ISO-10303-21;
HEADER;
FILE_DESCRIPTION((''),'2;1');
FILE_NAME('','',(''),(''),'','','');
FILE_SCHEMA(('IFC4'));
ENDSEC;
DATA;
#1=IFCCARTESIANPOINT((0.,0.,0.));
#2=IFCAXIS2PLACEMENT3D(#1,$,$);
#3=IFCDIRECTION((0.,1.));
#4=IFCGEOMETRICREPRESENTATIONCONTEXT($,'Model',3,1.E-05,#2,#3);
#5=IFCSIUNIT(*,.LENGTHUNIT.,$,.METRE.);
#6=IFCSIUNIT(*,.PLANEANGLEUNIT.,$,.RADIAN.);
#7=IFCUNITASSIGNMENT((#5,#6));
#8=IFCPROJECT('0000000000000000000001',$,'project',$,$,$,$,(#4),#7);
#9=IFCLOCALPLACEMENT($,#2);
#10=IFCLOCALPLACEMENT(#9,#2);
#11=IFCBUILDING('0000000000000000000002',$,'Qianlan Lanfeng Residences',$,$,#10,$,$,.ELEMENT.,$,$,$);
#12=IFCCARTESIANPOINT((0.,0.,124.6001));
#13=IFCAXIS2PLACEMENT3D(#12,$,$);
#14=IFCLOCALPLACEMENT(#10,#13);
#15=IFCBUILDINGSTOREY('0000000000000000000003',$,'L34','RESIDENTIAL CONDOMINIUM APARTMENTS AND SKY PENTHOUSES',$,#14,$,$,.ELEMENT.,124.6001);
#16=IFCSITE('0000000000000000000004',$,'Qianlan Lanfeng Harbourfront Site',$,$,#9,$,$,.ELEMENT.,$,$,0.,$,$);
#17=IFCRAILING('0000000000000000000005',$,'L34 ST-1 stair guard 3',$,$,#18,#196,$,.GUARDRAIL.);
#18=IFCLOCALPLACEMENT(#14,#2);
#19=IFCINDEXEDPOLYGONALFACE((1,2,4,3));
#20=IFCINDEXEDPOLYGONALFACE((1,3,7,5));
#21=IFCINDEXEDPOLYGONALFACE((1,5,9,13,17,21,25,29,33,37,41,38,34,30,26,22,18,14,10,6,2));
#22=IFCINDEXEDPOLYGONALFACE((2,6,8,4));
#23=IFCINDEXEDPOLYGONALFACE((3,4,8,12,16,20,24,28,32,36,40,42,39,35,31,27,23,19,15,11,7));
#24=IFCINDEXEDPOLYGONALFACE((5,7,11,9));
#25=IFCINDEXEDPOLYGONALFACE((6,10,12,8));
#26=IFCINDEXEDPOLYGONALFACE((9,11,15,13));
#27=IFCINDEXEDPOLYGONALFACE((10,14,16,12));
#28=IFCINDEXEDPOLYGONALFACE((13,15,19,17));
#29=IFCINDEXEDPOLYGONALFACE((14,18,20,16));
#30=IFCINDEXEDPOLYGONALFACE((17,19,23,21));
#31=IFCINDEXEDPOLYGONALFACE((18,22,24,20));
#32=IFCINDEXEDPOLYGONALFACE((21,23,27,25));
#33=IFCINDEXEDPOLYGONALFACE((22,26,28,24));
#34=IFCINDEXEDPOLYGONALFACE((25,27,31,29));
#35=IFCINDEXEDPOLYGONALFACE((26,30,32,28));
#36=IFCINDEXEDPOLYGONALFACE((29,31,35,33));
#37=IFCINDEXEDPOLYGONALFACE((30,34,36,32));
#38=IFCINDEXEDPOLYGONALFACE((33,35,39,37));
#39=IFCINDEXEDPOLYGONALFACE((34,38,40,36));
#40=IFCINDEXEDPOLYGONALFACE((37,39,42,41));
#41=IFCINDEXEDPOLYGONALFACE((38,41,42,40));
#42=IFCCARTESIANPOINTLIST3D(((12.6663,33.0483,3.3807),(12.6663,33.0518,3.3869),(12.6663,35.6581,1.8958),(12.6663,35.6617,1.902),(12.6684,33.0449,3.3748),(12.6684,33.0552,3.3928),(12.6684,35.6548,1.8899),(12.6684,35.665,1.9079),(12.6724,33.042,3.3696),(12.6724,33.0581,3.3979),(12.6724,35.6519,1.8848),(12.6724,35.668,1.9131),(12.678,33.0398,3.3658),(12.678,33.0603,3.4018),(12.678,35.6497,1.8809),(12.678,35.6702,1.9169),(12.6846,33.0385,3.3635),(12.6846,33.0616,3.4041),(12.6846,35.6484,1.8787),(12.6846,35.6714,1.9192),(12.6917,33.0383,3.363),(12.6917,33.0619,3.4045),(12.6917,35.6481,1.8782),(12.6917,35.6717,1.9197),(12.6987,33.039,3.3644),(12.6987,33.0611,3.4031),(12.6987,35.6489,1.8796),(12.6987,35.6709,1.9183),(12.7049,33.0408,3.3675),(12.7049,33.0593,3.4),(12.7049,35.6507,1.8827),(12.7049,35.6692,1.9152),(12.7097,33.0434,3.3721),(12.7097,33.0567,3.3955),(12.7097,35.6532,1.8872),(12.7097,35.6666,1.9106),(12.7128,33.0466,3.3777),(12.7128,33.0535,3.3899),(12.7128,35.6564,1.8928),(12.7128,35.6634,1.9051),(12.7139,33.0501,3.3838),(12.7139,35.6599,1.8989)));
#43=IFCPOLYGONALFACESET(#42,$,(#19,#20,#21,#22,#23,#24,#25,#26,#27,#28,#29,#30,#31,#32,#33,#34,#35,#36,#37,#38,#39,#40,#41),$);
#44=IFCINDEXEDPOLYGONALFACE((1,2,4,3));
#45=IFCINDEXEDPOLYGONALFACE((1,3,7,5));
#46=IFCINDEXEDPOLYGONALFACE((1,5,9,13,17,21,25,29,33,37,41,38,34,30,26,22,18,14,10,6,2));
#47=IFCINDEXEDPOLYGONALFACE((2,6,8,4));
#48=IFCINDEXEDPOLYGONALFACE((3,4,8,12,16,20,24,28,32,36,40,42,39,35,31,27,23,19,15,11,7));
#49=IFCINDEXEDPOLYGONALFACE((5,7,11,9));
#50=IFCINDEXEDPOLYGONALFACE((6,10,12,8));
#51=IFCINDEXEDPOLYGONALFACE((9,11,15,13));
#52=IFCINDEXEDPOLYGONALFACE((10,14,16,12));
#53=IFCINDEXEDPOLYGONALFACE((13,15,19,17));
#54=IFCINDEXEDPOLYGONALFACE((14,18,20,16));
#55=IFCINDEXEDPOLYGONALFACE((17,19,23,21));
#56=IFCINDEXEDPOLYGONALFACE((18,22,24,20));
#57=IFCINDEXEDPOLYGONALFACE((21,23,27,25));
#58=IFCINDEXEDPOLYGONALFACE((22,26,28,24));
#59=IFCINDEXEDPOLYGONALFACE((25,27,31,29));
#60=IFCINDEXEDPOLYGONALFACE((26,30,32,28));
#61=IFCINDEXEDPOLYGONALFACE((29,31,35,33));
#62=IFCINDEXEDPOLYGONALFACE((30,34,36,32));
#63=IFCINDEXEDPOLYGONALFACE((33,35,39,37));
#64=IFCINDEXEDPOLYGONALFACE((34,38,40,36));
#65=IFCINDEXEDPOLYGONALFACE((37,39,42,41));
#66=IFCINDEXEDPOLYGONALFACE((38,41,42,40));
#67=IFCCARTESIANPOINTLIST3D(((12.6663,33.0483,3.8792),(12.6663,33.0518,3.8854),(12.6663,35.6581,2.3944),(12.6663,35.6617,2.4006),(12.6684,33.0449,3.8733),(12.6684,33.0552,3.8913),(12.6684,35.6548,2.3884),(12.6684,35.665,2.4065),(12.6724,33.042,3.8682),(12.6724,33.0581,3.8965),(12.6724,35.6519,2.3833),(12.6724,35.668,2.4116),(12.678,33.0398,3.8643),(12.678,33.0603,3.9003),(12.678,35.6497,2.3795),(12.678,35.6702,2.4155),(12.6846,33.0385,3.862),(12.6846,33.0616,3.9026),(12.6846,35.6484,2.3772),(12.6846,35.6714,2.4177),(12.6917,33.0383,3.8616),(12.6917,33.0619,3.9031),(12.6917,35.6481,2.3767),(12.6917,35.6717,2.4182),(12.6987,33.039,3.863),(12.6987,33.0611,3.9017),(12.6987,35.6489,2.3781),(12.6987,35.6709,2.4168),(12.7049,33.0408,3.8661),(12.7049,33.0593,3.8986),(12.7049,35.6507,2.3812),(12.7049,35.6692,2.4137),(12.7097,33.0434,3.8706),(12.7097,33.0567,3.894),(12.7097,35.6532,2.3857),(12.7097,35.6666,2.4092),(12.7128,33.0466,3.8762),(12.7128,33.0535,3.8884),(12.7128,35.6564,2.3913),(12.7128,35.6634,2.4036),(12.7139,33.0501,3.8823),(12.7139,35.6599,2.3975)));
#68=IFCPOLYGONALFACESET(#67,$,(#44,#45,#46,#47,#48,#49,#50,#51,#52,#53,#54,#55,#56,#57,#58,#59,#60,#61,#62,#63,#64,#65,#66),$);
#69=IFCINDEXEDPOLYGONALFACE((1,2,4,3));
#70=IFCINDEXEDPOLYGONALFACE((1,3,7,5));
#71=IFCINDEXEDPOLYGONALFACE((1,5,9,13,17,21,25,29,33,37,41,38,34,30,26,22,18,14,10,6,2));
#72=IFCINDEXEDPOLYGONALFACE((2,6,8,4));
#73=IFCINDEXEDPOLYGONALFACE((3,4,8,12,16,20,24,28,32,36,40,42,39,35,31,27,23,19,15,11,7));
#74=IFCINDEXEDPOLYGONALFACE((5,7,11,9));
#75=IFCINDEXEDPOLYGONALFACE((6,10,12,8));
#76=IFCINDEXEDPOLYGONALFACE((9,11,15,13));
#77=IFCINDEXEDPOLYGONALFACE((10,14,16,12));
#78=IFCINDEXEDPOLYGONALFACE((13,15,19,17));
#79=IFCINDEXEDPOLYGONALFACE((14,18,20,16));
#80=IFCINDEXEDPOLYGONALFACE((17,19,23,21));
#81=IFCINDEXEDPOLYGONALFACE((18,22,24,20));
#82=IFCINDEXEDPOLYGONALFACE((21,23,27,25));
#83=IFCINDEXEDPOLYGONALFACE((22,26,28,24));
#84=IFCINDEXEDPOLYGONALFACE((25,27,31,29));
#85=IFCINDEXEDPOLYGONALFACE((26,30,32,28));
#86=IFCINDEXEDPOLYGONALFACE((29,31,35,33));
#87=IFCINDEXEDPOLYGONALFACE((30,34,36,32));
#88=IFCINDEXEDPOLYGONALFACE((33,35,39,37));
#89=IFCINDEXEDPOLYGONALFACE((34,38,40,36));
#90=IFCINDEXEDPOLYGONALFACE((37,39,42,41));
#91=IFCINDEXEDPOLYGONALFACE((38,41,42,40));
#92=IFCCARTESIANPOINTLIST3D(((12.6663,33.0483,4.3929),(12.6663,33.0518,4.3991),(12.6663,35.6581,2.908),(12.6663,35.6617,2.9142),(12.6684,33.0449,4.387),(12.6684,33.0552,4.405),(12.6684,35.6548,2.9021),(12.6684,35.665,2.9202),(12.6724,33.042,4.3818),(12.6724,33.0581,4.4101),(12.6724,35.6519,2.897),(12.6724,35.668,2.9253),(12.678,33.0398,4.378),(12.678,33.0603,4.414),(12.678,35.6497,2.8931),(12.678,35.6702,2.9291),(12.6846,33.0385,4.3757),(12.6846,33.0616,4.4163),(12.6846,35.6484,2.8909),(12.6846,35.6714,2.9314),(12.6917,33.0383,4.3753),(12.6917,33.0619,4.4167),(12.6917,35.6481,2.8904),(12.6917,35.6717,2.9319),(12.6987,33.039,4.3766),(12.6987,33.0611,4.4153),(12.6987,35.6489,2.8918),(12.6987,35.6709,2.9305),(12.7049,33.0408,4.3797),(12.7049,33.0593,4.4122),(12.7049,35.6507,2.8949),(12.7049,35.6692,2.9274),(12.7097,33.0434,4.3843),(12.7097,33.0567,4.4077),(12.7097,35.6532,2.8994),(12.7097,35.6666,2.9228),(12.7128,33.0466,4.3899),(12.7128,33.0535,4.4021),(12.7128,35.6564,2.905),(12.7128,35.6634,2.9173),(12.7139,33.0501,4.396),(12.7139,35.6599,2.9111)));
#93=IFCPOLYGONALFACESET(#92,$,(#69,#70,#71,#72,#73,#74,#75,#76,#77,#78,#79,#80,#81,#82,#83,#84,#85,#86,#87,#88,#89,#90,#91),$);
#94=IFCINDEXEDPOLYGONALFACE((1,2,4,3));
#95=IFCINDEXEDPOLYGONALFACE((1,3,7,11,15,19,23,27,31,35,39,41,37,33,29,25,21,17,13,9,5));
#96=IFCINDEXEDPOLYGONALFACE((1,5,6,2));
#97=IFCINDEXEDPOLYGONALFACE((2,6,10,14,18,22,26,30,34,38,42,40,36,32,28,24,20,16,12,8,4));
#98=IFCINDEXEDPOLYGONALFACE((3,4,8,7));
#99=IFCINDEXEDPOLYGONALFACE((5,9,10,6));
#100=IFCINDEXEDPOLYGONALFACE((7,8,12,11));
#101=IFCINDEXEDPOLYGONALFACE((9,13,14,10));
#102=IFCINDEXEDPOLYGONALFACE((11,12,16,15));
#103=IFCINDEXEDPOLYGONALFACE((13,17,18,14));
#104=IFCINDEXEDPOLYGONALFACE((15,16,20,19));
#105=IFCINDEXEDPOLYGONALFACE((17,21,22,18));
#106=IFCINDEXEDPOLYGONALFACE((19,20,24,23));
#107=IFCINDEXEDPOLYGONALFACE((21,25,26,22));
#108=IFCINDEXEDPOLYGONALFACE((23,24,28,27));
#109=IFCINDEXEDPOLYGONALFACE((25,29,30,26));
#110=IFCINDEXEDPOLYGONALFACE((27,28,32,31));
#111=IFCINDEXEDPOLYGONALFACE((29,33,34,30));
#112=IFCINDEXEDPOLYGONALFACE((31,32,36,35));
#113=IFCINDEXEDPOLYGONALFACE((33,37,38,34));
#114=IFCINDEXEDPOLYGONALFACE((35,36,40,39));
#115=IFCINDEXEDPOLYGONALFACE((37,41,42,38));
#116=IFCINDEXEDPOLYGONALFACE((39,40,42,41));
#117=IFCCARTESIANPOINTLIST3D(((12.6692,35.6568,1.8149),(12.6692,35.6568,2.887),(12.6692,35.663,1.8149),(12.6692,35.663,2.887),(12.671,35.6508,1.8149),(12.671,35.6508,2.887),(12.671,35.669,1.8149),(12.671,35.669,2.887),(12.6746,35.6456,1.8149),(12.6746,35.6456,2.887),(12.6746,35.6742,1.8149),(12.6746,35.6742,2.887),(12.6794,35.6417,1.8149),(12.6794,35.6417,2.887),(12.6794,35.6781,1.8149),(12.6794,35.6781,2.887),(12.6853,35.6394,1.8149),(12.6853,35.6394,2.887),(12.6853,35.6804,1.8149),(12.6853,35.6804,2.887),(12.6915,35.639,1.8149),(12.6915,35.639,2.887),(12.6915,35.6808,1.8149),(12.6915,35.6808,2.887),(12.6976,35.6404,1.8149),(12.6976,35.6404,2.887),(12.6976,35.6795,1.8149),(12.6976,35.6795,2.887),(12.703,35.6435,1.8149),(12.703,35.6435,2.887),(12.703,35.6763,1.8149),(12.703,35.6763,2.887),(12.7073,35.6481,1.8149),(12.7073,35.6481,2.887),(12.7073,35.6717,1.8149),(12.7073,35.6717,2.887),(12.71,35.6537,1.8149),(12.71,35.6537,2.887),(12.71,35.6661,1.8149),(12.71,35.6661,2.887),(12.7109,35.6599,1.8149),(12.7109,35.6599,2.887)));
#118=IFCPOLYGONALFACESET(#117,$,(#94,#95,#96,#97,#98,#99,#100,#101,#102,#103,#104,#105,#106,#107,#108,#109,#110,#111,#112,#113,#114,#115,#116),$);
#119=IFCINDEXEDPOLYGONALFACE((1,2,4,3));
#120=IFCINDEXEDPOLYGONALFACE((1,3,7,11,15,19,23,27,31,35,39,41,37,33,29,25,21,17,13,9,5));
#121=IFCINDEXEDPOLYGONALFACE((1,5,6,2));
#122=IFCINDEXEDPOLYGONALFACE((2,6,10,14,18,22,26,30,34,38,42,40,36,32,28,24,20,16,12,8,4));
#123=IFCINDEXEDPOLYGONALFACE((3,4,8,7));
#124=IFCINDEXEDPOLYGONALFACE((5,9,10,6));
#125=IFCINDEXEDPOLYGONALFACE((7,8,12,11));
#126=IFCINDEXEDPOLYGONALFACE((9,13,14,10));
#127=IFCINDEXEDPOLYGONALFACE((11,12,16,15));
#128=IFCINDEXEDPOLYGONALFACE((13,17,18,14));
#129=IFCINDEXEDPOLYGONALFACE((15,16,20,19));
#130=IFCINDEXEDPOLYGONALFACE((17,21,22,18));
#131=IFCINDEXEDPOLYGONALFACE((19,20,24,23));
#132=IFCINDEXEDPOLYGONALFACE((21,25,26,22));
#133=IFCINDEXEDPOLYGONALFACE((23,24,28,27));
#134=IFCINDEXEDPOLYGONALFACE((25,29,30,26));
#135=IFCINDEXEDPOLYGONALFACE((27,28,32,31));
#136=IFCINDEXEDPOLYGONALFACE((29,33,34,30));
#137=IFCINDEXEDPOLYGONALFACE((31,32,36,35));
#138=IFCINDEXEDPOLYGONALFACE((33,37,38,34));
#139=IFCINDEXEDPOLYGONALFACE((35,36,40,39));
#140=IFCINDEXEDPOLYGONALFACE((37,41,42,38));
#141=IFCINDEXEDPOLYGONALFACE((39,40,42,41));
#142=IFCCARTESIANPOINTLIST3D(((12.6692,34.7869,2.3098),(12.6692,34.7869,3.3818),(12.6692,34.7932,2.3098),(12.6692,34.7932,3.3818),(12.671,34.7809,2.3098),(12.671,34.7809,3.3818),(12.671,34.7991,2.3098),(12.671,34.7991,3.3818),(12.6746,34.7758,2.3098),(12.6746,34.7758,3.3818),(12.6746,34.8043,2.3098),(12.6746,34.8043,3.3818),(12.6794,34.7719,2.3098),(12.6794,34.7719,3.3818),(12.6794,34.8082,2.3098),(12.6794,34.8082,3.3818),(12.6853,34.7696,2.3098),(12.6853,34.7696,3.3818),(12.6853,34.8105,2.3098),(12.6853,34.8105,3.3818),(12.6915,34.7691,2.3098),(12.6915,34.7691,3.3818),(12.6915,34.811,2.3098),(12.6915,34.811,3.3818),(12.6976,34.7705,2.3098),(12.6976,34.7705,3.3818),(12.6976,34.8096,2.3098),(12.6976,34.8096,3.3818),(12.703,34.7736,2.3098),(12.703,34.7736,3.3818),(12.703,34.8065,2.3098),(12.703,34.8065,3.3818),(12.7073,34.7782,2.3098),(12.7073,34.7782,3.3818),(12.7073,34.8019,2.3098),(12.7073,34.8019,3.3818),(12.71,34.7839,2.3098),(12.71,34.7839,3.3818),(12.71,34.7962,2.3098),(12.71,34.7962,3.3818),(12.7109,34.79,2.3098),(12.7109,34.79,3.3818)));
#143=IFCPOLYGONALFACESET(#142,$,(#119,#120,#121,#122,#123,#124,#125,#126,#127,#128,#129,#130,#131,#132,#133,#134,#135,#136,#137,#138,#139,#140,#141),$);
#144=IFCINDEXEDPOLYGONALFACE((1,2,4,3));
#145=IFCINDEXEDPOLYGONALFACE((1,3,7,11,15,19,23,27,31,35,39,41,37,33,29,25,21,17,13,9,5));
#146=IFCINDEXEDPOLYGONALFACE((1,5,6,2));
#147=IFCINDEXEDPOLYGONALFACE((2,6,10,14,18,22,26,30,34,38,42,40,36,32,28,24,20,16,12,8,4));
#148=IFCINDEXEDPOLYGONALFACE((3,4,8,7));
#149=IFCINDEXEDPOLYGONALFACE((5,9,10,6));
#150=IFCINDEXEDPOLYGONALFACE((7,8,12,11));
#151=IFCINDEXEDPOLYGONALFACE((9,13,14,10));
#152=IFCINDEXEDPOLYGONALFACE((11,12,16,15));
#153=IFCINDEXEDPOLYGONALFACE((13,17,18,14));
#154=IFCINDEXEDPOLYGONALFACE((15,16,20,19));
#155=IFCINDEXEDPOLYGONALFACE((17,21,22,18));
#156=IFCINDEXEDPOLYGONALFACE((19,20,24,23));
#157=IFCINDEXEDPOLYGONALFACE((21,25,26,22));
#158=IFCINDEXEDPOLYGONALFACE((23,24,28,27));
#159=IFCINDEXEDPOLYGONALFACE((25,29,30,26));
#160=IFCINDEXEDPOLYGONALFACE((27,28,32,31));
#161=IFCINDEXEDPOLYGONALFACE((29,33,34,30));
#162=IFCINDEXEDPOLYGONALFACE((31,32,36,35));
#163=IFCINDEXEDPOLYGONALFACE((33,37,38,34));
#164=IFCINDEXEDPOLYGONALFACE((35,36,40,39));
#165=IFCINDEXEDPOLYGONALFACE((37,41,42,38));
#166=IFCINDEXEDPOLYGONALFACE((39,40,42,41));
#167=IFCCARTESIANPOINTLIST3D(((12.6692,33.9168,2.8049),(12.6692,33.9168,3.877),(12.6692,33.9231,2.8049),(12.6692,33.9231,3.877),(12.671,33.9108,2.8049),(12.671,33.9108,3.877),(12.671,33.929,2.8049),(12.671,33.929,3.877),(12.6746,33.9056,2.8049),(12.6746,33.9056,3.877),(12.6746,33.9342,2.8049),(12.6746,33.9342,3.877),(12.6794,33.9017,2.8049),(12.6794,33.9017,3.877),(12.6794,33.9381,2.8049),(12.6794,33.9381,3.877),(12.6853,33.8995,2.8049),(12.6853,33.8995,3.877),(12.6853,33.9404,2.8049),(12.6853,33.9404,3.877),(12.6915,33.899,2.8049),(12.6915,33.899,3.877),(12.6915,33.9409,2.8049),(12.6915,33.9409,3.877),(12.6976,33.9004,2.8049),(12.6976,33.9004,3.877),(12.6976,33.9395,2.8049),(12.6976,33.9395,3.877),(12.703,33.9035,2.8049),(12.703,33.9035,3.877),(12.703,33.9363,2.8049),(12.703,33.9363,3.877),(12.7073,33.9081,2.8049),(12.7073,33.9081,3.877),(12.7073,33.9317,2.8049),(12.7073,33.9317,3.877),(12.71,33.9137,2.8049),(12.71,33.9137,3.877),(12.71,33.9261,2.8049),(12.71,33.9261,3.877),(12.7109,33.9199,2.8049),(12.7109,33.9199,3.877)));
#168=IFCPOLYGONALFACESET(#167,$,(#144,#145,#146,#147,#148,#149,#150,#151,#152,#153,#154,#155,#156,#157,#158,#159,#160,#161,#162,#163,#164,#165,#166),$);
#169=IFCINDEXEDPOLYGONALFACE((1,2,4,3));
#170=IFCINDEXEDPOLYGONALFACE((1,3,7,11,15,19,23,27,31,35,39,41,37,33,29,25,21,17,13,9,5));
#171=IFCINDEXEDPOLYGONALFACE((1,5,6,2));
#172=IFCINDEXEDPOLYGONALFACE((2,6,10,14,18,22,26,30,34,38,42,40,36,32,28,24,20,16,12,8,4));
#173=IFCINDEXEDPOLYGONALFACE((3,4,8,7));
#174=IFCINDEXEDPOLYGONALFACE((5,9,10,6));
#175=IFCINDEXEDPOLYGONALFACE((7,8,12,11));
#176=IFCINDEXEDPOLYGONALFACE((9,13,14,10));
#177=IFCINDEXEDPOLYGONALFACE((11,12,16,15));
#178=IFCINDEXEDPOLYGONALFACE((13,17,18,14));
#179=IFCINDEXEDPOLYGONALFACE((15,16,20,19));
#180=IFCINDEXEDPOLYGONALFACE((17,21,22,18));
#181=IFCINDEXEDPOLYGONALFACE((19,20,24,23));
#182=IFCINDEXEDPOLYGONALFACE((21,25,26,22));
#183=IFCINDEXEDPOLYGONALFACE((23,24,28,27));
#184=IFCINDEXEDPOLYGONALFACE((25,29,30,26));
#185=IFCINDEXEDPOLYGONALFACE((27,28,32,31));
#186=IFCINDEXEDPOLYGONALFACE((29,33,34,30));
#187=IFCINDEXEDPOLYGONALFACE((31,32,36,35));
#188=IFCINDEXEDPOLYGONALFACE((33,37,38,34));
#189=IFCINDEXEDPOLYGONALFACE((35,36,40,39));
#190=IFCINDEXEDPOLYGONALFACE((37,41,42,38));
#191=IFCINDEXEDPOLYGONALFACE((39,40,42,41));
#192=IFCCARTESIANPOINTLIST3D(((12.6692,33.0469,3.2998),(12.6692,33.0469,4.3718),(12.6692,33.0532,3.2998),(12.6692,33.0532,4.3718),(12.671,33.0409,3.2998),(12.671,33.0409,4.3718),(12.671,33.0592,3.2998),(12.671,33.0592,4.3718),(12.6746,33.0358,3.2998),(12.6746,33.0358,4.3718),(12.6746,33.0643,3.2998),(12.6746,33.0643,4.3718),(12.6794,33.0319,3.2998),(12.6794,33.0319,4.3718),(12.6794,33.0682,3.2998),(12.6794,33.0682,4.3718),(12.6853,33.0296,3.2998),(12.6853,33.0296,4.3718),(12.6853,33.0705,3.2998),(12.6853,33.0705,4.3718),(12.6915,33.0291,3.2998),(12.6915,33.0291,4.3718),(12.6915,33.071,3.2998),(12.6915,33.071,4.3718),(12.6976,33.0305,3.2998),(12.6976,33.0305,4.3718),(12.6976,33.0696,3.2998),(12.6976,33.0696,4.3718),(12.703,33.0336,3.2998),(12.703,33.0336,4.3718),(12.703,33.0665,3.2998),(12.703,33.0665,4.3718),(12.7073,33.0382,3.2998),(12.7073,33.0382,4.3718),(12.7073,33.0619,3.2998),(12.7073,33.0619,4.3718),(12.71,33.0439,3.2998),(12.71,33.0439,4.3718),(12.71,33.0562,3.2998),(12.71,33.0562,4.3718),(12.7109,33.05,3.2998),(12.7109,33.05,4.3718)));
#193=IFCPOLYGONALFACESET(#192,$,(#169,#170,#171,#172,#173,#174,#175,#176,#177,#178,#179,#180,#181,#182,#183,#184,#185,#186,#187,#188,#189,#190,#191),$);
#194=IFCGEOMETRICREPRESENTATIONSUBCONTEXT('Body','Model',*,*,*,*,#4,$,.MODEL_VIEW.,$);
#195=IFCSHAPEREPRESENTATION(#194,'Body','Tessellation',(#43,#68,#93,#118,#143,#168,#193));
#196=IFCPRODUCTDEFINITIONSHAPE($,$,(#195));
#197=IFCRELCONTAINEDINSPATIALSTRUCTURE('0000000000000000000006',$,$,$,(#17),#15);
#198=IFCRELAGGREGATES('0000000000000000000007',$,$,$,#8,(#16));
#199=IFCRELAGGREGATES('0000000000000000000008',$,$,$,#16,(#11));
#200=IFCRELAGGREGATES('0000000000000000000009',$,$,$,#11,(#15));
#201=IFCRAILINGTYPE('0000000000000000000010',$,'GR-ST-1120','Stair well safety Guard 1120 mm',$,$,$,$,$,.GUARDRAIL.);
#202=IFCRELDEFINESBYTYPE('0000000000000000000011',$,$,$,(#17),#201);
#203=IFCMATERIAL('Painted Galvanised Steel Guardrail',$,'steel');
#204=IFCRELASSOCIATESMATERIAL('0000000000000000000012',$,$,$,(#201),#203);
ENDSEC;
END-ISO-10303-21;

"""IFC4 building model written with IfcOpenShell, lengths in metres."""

from ifc_helpers import new_model, si_unit, direction, frame, origin, origin_2d, place, context, subcontext, project, spatial, circle, extrude, material, type_object, element, save


model = new_model("IFC4")

# Units and contexts
model_context = context("Model", 3, precision=1e-05, world=origin(), true_north=direction((0.0, 1.0)))
body_context = subcontext(model_context, "Body", "Model", "MODEL_VIEW")
ifc_project = project(units=[si_unit("LENGTHUNIT", "METRE"), si_unit("PLANEANGLEUNIT", "RADIAN")], contexts=[model_context])

# Site, building, storey
site_placement = place(None, origin())
site = spatial("IfcSite", under=ifc_project, at=site_placement, Name="Qianlan Lanfeng Harbourfront Site", CompositionType="ELEMENT", RefElevation=0.0)
building_placement = place(site_placement, origin())
building = spatial("IfcBuilding", under=site, at=building_placement, Name="Qianlan Lanfeng Residences", CompositionType="ELEMENT")
storey_placement = place(building_placement, frame((0.0, 0.0, 124.6001)))
storey = spatial("IfcBuildingStorey", under=building, at=storey_placement, Name="L34", Description="RESIDENTIAL CONDOMINIUM APARTMENTS AND SKY PENTHOUSES", CompositionType="ELEMENT", Elevation=124.6001)

# Railing
ifc_material_1 = material(Name="Painted Galvanised Steel Guardrail", Category="steel")
railing_type_1 = type_object("IfcRailingType", Name="GR-ST-1120", Description="Stair well safety Guard 1120 mm", PredefinedType="GUARDRAIL", material=ifc_material_1)
railing_1_placement = place(storey_placement, frame((12.6899, 35.6599, 1.8149)))
element("IfcRailing", 1, at=railing_1_placement, inside=storey, type_object=railing_type_1, Name="L34 ST-1 stair guard 3", PredefinedType="GUARDRAIL", context=body_context, shape_type="SweptSolid", body=[
    extrude(circle(Radius=0.0239, at=origin_2d()), frame((0.0, 0.0, 0.084), z_axis=(0.0, -0.869172, 0.494509), x_axis=(1.0, 0.0, 0.0)), (0.0, 0.0, 1.0), 3.0027),
    extrude(circle(Radius=0.0239, at=origin_2d()), frame((0.0, 0.0, 0.5825), z_axis=(0.0, -0.869172, 0.494509), x_axis=(1.0, 0.0, 0.0)), (0.0, 0.0, 1.0), 3.0027),
    extrude(circle(Radius=0.0239, at=origin_2d()), frame((0.0, 0.0, 1.0962), z_axis=(0.0, -0.869172, 0.494509), x_axis=(1.0, 0.0, 0.0)), (0.0, 0.0, 1.0), 3.0027),
    extrude(circle(Radius=0.021, at=origin_2d()), origin(), (0.0, 0.0, 1.0), 1.072),
    extrude(circle(Radius=0.021, at=origin_2d()), frame((0.0, -0.8699, 0.4949)), (0.0, 0.0, 1.0), 1.072),
    extrude(circle(Radius=0.021, at=origin_2d()), frame((0.0, -1.74, 0.99)), (0.0, 0.0, 1.0), 1.072),
    extrude(circle(Radius=0.021, at=origin_2d()), frame((0.0, -2.6099, 1.4849)), (0.0, 0.0, 1.0), 1.072),
])

save(model, "model.ifc")
